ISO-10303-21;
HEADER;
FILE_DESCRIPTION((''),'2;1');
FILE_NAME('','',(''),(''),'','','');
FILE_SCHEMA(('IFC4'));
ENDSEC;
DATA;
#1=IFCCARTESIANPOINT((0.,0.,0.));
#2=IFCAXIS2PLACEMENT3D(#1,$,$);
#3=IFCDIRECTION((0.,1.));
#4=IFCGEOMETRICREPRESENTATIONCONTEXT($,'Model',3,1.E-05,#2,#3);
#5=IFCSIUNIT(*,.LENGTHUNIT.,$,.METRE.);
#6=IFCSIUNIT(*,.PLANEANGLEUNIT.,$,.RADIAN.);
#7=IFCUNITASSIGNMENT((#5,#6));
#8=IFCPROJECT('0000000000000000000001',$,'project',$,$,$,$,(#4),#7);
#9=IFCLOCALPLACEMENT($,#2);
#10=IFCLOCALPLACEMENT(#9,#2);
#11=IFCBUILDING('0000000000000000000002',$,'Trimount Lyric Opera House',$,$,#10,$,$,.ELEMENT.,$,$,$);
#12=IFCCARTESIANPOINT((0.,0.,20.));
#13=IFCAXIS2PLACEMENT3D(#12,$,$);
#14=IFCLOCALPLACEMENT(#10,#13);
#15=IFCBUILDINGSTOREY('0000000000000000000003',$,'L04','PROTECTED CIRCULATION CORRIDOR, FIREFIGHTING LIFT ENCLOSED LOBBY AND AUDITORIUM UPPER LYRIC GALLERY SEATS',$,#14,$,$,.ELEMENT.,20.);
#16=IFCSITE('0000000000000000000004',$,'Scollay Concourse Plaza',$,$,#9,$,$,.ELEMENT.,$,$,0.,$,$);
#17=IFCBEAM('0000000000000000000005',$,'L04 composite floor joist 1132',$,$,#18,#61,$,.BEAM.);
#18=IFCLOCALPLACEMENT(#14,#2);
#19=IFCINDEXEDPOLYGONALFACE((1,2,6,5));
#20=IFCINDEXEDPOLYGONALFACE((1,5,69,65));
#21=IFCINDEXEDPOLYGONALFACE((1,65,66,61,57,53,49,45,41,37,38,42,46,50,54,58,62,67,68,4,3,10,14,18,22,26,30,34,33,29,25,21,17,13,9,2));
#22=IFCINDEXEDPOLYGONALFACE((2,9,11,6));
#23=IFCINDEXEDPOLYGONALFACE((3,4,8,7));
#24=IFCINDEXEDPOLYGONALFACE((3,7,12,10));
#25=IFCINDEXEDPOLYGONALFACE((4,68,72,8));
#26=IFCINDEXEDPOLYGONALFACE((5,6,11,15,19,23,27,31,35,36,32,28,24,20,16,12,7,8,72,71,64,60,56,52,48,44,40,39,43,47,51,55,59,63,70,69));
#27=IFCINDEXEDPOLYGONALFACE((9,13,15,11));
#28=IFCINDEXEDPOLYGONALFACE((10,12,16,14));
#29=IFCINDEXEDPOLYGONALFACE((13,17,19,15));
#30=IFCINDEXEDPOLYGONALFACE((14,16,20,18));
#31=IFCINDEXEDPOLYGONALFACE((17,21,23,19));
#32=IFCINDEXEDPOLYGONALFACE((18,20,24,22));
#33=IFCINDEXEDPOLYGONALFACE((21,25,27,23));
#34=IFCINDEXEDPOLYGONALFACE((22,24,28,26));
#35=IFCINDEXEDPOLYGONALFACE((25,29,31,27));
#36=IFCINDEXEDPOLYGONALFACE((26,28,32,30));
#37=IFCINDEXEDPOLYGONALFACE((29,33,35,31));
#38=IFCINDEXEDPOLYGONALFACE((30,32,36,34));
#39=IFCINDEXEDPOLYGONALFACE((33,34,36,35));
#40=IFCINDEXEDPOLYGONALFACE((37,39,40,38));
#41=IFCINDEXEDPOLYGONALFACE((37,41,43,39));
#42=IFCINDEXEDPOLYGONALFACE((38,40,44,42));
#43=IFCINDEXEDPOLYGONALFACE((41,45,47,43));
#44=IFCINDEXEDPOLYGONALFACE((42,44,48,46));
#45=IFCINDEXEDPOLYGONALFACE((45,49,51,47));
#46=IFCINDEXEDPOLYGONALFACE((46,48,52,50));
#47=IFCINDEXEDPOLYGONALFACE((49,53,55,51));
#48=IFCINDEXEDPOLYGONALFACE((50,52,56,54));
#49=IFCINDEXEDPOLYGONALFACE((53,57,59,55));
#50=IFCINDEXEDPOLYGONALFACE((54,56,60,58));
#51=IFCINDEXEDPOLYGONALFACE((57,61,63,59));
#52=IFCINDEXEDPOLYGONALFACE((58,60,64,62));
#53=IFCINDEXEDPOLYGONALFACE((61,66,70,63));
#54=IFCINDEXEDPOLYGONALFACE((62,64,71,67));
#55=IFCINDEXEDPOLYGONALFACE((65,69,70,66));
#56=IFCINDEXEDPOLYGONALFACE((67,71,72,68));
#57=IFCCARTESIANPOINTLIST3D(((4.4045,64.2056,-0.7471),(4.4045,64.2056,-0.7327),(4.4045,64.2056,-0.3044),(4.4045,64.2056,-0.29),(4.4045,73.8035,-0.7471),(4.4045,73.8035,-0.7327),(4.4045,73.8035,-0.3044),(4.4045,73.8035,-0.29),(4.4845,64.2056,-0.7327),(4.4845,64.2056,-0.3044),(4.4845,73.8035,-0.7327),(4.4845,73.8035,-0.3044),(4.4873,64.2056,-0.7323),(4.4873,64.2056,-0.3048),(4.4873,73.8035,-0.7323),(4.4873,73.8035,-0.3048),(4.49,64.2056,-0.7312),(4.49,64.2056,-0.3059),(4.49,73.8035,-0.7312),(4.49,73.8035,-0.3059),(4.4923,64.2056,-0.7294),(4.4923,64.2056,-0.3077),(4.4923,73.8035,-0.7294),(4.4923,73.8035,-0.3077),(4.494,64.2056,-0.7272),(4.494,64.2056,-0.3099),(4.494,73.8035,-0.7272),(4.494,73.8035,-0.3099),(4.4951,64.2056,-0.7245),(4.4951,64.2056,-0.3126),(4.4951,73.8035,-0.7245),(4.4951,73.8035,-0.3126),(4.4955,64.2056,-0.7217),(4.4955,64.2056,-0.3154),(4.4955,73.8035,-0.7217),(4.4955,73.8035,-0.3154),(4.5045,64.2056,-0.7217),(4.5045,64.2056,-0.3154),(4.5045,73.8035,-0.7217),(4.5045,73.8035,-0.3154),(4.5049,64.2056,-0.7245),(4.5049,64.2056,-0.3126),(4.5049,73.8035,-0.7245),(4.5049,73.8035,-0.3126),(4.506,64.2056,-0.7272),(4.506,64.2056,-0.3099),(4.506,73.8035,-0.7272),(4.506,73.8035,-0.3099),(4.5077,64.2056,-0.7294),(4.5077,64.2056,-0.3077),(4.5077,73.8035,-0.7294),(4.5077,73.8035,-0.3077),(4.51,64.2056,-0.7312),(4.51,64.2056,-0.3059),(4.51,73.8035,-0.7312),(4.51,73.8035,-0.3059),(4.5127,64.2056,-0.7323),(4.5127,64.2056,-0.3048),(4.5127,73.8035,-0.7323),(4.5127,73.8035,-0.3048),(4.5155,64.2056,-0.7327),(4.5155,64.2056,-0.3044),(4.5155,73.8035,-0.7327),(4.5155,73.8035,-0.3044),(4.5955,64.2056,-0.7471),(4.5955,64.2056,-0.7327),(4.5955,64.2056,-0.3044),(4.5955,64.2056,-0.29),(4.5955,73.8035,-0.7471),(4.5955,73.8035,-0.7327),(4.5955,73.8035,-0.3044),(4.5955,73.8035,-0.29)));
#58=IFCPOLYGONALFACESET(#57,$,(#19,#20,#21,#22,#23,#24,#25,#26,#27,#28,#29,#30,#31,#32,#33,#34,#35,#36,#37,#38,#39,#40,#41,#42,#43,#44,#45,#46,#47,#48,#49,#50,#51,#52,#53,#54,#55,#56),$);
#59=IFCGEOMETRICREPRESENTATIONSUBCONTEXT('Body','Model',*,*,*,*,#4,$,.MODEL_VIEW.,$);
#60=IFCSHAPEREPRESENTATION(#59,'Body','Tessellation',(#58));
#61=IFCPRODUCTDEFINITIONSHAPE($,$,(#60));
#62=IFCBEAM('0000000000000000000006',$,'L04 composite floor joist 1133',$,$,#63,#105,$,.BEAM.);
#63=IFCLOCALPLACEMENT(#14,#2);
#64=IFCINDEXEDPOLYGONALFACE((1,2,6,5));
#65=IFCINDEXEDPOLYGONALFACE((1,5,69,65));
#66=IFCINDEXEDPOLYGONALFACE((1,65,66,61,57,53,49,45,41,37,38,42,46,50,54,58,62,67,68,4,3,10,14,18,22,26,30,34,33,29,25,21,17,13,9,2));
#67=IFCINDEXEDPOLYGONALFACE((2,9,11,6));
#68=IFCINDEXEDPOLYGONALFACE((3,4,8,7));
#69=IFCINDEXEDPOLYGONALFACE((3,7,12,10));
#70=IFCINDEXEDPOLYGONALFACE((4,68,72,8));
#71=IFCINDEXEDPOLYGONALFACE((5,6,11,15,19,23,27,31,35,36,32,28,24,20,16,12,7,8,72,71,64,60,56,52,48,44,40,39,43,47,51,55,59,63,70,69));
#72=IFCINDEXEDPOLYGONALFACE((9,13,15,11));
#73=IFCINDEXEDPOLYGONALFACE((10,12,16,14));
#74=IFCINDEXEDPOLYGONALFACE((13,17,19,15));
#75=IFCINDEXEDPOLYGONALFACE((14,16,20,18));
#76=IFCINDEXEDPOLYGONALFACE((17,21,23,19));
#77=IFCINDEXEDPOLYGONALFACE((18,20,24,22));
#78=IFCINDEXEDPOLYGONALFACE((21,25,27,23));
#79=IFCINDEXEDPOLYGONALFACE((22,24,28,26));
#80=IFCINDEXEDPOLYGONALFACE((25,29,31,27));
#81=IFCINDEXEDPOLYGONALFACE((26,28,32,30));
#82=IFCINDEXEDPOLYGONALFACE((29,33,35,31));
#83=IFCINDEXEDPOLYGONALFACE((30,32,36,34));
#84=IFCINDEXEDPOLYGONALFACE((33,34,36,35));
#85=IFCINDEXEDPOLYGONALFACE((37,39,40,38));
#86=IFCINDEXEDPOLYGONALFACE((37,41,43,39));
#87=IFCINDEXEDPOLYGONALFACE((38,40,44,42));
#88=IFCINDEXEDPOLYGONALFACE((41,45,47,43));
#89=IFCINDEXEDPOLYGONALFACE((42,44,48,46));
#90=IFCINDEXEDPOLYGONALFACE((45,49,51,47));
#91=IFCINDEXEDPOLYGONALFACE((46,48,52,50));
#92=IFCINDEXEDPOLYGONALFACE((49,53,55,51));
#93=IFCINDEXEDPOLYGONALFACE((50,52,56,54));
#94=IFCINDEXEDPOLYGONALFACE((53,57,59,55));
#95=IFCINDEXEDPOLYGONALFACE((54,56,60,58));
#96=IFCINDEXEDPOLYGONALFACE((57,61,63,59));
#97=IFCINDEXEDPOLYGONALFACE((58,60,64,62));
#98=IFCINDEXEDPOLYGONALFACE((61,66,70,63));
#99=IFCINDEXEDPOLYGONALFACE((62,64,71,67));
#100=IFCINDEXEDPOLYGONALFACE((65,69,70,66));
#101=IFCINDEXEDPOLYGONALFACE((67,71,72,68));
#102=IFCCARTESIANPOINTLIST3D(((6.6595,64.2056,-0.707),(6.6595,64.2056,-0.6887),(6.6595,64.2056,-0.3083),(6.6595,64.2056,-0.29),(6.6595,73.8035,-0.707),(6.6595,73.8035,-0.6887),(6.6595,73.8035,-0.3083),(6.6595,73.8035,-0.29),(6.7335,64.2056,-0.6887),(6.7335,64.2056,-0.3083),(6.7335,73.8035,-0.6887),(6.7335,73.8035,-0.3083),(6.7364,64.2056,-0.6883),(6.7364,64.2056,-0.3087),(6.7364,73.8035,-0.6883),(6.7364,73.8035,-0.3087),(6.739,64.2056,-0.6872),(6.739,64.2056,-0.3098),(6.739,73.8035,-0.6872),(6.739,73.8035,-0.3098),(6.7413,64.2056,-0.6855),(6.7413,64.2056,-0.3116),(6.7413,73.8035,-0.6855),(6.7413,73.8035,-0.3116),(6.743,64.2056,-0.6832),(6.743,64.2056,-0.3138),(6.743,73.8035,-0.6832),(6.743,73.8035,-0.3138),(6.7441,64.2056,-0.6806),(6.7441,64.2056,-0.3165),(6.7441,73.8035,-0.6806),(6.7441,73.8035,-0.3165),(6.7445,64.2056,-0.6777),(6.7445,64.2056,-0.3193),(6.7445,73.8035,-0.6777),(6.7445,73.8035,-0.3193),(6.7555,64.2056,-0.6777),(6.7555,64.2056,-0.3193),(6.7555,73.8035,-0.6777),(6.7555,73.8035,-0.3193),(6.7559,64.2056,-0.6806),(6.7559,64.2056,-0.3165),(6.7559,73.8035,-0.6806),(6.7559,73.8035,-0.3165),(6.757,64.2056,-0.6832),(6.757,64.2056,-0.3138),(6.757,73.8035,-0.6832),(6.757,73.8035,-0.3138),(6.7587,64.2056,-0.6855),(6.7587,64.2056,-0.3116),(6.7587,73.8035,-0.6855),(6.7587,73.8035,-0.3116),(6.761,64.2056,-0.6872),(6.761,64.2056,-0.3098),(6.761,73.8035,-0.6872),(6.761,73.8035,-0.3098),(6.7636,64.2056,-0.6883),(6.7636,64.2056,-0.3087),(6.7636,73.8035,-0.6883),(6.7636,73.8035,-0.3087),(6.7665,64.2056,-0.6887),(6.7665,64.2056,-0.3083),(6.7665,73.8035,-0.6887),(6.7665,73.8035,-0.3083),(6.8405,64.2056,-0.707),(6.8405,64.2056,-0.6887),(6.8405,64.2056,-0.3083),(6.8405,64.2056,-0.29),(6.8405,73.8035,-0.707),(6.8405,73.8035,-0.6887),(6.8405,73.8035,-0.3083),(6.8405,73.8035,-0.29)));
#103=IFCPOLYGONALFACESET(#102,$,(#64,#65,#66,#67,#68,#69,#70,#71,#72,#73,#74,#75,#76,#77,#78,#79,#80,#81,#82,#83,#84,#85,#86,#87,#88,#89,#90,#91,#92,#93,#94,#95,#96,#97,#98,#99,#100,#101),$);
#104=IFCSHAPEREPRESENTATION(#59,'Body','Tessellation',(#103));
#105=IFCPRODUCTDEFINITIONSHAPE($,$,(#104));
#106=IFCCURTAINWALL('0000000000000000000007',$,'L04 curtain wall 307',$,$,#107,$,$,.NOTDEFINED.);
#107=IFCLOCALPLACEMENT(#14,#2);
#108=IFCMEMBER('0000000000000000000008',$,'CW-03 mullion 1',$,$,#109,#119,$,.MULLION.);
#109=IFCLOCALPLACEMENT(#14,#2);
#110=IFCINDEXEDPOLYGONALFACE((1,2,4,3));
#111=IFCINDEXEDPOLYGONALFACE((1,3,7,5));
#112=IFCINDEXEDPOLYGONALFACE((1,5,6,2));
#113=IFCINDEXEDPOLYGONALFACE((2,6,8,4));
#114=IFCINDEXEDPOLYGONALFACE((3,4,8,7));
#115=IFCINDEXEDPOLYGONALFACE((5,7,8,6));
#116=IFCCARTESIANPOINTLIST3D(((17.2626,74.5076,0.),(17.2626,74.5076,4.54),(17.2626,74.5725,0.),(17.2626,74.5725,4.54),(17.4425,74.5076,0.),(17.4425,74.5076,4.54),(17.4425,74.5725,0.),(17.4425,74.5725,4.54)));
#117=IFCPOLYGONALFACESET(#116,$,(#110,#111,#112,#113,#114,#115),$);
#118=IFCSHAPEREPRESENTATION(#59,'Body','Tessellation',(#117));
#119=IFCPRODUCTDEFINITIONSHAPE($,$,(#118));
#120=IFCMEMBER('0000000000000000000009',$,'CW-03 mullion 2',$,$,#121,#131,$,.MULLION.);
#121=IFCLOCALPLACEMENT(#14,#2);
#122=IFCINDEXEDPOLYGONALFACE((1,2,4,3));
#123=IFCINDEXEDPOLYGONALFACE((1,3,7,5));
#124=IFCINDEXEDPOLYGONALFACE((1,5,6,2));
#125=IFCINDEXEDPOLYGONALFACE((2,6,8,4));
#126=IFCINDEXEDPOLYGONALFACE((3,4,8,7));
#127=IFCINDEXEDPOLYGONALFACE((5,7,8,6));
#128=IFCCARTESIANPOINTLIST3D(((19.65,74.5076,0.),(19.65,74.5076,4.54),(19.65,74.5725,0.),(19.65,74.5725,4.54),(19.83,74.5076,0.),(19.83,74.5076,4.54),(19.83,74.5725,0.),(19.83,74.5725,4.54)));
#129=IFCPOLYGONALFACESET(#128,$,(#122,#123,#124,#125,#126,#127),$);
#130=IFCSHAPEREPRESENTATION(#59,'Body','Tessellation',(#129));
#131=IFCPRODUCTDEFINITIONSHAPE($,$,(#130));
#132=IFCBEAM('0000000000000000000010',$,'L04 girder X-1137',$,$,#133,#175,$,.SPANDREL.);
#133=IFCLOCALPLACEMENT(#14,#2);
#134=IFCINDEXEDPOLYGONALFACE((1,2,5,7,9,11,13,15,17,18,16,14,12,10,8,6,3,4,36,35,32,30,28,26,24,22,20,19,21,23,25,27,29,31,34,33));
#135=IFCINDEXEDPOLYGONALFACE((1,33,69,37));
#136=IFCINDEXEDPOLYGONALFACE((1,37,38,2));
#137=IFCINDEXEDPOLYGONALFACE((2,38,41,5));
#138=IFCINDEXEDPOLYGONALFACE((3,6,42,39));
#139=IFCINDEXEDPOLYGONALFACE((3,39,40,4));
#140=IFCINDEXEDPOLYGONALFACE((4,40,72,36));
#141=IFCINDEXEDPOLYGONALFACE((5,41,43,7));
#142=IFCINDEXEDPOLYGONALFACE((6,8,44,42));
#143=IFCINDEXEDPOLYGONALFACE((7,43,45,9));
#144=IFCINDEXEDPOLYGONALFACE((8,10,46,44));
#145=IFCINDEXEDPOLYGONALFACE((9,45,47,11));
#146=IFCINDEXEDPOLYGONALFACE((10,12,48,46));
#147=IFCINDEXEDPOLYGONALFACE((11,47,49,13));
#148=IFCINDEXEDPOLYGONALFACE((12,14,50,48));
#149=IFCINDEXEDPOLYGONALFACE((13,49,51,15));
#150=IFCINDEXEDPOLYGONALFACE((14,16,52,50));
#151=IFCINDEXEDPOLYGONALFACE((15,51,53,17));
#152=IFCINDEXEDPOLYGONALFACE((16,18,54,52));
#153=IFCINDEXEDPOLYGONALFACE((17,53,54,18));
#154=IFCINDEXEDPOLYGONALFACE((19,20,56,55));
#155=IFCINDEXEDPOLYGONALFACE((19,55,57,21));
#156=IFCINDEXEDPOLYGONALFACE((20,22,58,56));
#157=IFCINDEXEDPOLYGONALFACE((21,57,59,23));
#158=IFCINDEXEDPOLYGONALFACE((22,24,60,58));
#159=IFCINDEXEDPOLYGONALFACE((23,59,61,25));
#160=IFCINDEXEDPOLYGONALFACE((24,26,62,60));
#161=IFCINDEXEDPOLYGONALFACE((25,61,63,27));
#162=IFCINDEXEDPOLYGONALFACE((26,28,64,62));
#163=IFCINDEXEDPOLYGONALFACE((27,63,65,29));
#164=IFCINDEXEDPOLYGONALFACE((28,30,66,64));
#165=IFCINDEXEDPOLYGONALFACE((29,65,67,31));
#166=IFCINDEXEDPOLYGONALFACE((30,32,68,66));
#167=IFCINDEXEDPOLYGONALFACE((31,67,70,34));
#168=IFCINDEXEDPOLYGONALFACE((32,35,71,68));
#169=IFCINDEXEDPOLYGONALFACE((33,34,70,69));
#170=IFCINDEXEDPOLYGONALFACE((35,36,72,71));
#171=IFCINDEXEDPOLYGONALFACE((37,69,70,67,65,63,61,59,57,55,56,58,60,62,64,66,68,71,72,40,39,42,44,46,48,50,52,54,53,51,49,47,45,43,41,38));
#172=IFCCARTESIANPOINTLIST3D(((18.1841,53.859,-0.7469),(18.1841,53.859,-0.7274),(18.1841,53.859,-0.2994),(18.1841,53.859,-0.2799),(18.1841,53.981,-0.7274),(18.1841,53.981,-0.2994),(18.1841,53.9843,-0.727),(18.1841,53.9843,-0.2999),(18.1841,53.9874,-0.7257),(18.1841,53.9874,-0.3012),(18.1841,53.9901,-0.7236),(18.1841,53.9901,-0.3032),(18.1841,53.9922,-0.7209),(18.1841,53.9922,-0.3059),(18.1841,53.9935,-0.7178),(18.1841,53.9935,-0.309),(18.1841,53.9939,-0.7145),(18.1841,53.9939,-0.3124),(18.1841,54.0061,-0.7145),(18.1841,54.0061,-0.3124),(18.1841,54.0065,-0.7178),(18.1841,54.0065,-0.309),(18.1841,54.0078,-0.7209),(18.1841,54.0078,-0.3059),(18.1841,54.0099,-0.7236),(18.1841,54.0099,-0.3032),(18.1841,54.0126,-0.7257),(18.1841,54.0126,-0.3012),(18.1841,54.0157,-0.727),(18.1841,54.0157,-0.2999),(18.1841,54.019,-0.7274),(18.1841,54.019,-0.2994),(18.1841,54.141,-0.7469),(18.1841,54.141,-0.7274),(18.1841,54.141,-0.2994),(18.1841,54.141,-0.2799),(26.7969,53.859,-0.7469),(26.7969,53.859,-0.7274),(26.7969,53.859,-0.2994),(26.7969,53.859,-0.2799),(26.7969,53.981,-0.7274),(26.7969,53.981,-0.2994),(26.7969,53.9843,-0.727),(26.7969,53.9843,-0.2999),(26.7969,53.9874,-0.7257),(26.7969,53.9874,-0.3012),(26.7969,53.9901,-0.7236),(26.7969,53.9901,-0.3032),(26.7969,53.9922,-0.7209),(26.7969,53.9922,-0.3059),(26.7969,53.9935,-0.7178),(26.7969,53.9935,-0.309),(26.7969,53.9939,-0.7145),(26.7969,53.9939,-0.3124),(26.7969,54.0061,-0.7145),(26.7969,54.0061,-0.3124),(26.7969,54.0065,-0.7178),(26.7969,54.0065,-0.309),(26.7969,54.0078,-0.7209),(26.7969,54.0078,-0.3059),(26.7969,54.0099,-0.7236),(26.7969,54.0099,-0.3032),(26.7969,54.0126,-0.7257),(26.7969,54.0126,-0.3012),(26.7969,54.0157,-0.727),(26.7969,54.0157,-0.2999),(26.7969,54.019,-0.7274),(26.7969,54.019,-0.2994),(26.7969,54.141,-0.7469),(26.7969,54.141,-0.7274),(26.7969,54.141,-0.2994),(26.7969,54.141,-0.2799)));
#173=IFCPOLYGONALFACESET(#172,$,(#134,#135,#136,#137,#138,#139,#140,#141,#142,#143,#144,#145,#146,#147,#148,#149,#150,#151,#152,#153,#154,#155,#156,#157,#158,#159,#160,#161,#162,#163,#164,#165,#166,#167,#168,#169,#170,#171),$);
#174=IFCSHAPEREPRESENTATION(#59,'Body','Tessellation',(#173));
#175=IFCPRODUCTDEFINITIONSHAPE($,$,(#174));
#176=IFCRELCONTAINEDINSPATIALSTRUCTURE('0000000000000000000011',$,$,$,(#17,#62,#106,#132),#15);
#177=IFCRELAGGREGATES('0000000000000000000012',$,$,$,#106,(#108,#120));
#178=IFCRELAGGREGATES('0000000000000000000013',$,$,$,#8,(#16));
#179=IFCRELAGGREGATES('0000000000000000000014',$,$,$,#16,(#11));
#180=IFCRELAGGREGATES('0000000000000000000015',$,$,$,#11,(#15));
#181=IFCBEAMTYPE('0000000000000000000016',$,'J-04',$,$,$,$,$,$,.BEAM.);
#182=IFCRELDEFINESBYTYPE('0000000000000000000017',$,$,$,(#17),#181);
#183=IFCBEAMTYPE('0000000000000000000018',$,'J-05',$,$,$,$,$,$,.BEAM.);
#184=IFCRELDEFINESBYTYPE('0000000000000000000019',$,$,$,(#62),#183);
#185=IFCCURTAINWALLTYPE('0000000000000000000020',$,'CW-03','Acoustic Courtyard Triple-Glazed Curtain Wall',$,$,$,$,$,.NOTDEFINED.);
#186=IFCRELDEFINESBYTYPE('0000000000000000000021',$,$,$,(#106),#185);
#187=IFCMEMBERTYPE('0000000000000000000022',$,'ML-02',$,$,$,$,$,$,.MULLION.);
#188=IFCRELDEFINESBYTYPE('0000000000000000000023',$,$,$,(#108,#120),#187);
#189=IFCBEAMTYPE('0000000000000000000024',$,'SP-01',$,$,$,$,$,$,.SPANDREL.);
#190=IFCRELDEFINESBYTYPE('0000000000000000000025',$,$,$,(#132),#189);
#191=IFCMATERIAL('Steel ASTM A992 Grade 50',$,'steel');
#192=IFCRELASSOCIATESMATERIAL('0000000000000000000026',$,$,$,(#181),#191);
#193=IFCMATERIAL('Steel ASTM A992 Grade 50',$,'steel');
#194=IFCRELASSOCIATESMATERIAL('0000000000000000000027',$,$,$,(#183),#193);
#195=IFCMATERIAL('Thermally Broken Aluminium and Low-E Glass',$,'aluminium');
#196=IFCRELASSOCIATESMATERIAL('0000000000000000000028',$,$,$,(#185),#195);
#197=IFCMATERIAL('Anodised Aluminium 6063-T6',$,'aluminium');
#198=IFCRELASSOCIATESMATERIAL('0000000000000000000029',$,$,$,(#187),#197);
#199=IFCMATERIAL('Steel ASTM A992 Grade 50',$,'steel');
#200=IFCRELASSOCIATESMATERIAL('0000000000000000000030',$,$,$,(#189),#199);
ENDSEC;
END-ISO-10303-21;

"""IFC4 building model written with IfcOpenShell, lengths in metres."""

from ifc_helpers import new_model, si_unit, direction, frame, origin, origin_2d, place, context, subcontext, project, spatial, rectangle, i_section, extrude, material, material_profile, profile_set, type_object, element, aggregate, save


model = new_model("IFC4")

# Units and contexts
model_context = context("Model", 3, precision=1e-05, world=origin(), true_north=direction((0.0, 1.0)))
body_context = subcontext(model_context, "Body", "Model", "MODEL_VIEW")
ifc_project = project(units=[si_unit("LENGTHUNIT", "METRE"), si_unit("PLANEANGLEUNIT", "RADIAN")], contexts=[model_context])

# Site, building, storey
site_placement = place(None, origin())
site = spatial("IfcSite", under=ifc_project, at=site_placement, Name="Scollay Concourse Plaza", CompositionType="ELEMENT", RefElevation=0.0)
building_placement = place(site_placement, origin())
building = spatial("IfcBuilding", under=site, at=building_placement, Name="Trimount Lyric Opera House", CompositionType="ELEMENT")
storey_placement = place(building_placement, frame((0.0, 0.0, 20.0)))
storey = spatial("IfcBuildingStorey", under=building, at=storey_placement, Name="L04", Description="PROTECTED CIRCULATION CORRIDOR, FIREFIGHTING LIFT ENCLOSED LOBBY AND AUDITORIUM UPPER LYRIC GALLERY SEATS", CompositionType="ELEMENT", Elevation=20.0)

# Beams
ifc_material_1 = material(Name="Steel ASTM A992 Grade 50", Category="steel")
ifc_material_profile_1 = material_profile(ifc_material_1, i_section(OverallWidth=0.1909, OverallDepth=0.457, WebThickness=0.009, FlangeThickness=0.0144, FilletRadius=0.011, at=origin_2d()), Name="W18X50")
ifc_profile_set_1 = profile_set([ifc_material_profile_1], Name="Steel ASTM A992 Grade 50")
beam_type_1 = type_object("IfcBeamType", Name="J-04", PredefinedType="BEAM", material=ifc_profile_set_1)
beam_1_placement = place(storey_placement, frame((4.5, 64.2056, -0.5186), z_axis=(0.0, 1.0, 0.0), x_axis=(-1.0, 0.0, 0.0)))
element("IfcBeam", 1, at=beam_1_placement, inside=storey, type_object=beam_type_1, Name="L04 composite floor joist 1132", PredefinedType="BEAM", context=body_context, shape_type="SweptSolid", body=[
    extrude(i_section(OverallWidth=0.1909, OverallDepth=0.457, WebThickness=0.009, FlangeThickness=0.0144, FilletRadius=0.011, at=origin_2d()), origin(), (0.0, 0.0, 1.0), 9.5979),
])
ifc_material_2 = material(Name="Steel ASTM A992 Grade 50", Category="steel")
ifc_material_profile_2 = material_profile(ifc_material_2, i_section(OverallWidth=0.1809, OverallDepth=0.417, WebThickness=0.011, FlangeThickness=0.0183, FilletRadius=0.011, at=origin_2d()), Name="W16X57")
ifc_profile_set_2 = profile_set([ifc_material_profile_2], Name="Steel ASTM A992 Grade 50")
beam_type_2 = type_object("IfcBeamType", Name="J-05", PredefinedType="BEAM", material=ifc_profile_set_2)
beam_2_placement = place(storey_placement, frame((6.75, 64.2056, -0.4985), z_axis=(0.0, 1.0, 0.0), x_axis=(-1.0, 0.0, 0.0)))
element("IfcBeam", 2, at=beam_2_placement, inside=storey, type_object=beam_type_2, Name="L04 composite floor joist 1133", PredefinedType="BEAM", context=body_context, shape_type="SweptSolid", body=[
    extrude(i_section(OverallWidth=0.1809, OverallDepth=0.417, WebThickness=0.011, FlangeThickness=0.0183, FilletRadius=0.011, at=origin_2d()), origin(), (0.0, 0.0, 1.0), 9.5979),
])

# Curtain wall, members
ifc_material_3 = material(Name="Thermally Broken Aluminium and Low-E Glass", Category="aluminium")
curtain_wall_type = type_object("IfcCurtainWallType", Name="CW-03", Description="Acoustic Courtyard Triple-Glazed Curtain Wall", PredefinedType="NOTDEFINED", material=ifc_material_3)
curtain_wall_placement = place(storey_placement, origin())
curtain_wall = element("IfcCurtainWall", 3, at=curtain_wall_placement, inside=storey, type_object=curtain_wall_type, Name="L04 curtain wall 307", PredefinedType="NOTDEFINED")
ifc_material_4 = material(Name="Anodised Aluminium 6063-T6", Category="aluminium")
ifc_material_profile_3 = material_profile(ifc_material_4, rectangle(XDim=0.0649, YDim=0.1799, at=origin_2d()), Name="ALU-MULL-65X180")
ifc_profile_set_3 = profile_set([ifc_material_profile_3], Name="Anodised Aluminium 6063-T6")
member_type_1 = type_object("IfcMemberType", Name="ML-02", PredefinedType="MULLION", material=ifc_profile_set_3)
member_1_placement = place(storey_placement, frame((17.3525, 74.54, 0.0), z_axis=(0.0, 0.0, 1.0), x_axis=(0.0, 1.0, 0.0)))
member_1 = element("IfcMember", 4, at=member_1_placement, type_object=member_type_1, Name="CW-03 mullion 1", PredefinedType="MULLION", context=body_context, shape_type="SweptSolid", body=[
    extrude(rectangle(XDim=0.0649, YDim=0.1799, at=origin_2d()), origin(), (0.0, 0.0, 1.0), 4.54),
])
member_2_placement = place(storey_placement, frame((19.74, 74.54, 0.0), z_axis=(0.0, 0.0, 1.0), x_axis=(0.0, 1.0, 0.0)))
member_2 = element("IfcMember", 5, at=member_2_placement, type_object=member_type_1, Name="CW-03 mullion 2", PredefinedType="MULLION", context=body_context, shape_type="SweptSolid", body=[
    extrude(rectangle(XDim=0.0649, YDim=0.1799, at=origin_2d()), origin(), (0.0, 0.0, 1.0), 4.54),
])

# Beam
ifc_material_5 = material(Name="Steel ASTM A992 Grade 50", Category="steel")
ifc_material_profile_4 = material_profile(ifc_material_5, i_section(OverallWidth=0.282, OverallDepth=0.467, WebThickness=0.0122, FlangeThickness=0.0195, FilletRadius=0.0129, at=origin_2d()), Name="W18X86")
ifc_profile_set_4 = profile_set([ifc_material_profile_4], Name="Steel ASTM A992 Grade 50")
beam_type_3 = type_object("IfcBeamType", Name="SP-01", PredefinedType="SPANDREL", material=ifc_profile_set_4)
beam_3_placement = place(storey_placement, frame((18.1841, 54.0, -0.5134), z_axis=(1.0, 0.0, 0.0), x_axis=(0.0, 1.0, 0.0)))
element("IfcBeam", 6, at=beam_3_placement, inside=storey, type_object=beam_type_3, Name="L04 girder X-1137", PredefinedType="SPANDREL", context=body_context, shape_type="SweptSolid", body=[
    extrude(i_section(OverallWidth=0.282, OverallDepth=0.467, WebThickness=0.0122, FlangeThickness=0.0195, FilletRadius=0.0129, at=origin_2d()), origin(), (0.0, 0.0, 1.0), 8.6128),
])

aggregate(curtain_wall, [member_1, member_2])

save(model, "model.ifc")
